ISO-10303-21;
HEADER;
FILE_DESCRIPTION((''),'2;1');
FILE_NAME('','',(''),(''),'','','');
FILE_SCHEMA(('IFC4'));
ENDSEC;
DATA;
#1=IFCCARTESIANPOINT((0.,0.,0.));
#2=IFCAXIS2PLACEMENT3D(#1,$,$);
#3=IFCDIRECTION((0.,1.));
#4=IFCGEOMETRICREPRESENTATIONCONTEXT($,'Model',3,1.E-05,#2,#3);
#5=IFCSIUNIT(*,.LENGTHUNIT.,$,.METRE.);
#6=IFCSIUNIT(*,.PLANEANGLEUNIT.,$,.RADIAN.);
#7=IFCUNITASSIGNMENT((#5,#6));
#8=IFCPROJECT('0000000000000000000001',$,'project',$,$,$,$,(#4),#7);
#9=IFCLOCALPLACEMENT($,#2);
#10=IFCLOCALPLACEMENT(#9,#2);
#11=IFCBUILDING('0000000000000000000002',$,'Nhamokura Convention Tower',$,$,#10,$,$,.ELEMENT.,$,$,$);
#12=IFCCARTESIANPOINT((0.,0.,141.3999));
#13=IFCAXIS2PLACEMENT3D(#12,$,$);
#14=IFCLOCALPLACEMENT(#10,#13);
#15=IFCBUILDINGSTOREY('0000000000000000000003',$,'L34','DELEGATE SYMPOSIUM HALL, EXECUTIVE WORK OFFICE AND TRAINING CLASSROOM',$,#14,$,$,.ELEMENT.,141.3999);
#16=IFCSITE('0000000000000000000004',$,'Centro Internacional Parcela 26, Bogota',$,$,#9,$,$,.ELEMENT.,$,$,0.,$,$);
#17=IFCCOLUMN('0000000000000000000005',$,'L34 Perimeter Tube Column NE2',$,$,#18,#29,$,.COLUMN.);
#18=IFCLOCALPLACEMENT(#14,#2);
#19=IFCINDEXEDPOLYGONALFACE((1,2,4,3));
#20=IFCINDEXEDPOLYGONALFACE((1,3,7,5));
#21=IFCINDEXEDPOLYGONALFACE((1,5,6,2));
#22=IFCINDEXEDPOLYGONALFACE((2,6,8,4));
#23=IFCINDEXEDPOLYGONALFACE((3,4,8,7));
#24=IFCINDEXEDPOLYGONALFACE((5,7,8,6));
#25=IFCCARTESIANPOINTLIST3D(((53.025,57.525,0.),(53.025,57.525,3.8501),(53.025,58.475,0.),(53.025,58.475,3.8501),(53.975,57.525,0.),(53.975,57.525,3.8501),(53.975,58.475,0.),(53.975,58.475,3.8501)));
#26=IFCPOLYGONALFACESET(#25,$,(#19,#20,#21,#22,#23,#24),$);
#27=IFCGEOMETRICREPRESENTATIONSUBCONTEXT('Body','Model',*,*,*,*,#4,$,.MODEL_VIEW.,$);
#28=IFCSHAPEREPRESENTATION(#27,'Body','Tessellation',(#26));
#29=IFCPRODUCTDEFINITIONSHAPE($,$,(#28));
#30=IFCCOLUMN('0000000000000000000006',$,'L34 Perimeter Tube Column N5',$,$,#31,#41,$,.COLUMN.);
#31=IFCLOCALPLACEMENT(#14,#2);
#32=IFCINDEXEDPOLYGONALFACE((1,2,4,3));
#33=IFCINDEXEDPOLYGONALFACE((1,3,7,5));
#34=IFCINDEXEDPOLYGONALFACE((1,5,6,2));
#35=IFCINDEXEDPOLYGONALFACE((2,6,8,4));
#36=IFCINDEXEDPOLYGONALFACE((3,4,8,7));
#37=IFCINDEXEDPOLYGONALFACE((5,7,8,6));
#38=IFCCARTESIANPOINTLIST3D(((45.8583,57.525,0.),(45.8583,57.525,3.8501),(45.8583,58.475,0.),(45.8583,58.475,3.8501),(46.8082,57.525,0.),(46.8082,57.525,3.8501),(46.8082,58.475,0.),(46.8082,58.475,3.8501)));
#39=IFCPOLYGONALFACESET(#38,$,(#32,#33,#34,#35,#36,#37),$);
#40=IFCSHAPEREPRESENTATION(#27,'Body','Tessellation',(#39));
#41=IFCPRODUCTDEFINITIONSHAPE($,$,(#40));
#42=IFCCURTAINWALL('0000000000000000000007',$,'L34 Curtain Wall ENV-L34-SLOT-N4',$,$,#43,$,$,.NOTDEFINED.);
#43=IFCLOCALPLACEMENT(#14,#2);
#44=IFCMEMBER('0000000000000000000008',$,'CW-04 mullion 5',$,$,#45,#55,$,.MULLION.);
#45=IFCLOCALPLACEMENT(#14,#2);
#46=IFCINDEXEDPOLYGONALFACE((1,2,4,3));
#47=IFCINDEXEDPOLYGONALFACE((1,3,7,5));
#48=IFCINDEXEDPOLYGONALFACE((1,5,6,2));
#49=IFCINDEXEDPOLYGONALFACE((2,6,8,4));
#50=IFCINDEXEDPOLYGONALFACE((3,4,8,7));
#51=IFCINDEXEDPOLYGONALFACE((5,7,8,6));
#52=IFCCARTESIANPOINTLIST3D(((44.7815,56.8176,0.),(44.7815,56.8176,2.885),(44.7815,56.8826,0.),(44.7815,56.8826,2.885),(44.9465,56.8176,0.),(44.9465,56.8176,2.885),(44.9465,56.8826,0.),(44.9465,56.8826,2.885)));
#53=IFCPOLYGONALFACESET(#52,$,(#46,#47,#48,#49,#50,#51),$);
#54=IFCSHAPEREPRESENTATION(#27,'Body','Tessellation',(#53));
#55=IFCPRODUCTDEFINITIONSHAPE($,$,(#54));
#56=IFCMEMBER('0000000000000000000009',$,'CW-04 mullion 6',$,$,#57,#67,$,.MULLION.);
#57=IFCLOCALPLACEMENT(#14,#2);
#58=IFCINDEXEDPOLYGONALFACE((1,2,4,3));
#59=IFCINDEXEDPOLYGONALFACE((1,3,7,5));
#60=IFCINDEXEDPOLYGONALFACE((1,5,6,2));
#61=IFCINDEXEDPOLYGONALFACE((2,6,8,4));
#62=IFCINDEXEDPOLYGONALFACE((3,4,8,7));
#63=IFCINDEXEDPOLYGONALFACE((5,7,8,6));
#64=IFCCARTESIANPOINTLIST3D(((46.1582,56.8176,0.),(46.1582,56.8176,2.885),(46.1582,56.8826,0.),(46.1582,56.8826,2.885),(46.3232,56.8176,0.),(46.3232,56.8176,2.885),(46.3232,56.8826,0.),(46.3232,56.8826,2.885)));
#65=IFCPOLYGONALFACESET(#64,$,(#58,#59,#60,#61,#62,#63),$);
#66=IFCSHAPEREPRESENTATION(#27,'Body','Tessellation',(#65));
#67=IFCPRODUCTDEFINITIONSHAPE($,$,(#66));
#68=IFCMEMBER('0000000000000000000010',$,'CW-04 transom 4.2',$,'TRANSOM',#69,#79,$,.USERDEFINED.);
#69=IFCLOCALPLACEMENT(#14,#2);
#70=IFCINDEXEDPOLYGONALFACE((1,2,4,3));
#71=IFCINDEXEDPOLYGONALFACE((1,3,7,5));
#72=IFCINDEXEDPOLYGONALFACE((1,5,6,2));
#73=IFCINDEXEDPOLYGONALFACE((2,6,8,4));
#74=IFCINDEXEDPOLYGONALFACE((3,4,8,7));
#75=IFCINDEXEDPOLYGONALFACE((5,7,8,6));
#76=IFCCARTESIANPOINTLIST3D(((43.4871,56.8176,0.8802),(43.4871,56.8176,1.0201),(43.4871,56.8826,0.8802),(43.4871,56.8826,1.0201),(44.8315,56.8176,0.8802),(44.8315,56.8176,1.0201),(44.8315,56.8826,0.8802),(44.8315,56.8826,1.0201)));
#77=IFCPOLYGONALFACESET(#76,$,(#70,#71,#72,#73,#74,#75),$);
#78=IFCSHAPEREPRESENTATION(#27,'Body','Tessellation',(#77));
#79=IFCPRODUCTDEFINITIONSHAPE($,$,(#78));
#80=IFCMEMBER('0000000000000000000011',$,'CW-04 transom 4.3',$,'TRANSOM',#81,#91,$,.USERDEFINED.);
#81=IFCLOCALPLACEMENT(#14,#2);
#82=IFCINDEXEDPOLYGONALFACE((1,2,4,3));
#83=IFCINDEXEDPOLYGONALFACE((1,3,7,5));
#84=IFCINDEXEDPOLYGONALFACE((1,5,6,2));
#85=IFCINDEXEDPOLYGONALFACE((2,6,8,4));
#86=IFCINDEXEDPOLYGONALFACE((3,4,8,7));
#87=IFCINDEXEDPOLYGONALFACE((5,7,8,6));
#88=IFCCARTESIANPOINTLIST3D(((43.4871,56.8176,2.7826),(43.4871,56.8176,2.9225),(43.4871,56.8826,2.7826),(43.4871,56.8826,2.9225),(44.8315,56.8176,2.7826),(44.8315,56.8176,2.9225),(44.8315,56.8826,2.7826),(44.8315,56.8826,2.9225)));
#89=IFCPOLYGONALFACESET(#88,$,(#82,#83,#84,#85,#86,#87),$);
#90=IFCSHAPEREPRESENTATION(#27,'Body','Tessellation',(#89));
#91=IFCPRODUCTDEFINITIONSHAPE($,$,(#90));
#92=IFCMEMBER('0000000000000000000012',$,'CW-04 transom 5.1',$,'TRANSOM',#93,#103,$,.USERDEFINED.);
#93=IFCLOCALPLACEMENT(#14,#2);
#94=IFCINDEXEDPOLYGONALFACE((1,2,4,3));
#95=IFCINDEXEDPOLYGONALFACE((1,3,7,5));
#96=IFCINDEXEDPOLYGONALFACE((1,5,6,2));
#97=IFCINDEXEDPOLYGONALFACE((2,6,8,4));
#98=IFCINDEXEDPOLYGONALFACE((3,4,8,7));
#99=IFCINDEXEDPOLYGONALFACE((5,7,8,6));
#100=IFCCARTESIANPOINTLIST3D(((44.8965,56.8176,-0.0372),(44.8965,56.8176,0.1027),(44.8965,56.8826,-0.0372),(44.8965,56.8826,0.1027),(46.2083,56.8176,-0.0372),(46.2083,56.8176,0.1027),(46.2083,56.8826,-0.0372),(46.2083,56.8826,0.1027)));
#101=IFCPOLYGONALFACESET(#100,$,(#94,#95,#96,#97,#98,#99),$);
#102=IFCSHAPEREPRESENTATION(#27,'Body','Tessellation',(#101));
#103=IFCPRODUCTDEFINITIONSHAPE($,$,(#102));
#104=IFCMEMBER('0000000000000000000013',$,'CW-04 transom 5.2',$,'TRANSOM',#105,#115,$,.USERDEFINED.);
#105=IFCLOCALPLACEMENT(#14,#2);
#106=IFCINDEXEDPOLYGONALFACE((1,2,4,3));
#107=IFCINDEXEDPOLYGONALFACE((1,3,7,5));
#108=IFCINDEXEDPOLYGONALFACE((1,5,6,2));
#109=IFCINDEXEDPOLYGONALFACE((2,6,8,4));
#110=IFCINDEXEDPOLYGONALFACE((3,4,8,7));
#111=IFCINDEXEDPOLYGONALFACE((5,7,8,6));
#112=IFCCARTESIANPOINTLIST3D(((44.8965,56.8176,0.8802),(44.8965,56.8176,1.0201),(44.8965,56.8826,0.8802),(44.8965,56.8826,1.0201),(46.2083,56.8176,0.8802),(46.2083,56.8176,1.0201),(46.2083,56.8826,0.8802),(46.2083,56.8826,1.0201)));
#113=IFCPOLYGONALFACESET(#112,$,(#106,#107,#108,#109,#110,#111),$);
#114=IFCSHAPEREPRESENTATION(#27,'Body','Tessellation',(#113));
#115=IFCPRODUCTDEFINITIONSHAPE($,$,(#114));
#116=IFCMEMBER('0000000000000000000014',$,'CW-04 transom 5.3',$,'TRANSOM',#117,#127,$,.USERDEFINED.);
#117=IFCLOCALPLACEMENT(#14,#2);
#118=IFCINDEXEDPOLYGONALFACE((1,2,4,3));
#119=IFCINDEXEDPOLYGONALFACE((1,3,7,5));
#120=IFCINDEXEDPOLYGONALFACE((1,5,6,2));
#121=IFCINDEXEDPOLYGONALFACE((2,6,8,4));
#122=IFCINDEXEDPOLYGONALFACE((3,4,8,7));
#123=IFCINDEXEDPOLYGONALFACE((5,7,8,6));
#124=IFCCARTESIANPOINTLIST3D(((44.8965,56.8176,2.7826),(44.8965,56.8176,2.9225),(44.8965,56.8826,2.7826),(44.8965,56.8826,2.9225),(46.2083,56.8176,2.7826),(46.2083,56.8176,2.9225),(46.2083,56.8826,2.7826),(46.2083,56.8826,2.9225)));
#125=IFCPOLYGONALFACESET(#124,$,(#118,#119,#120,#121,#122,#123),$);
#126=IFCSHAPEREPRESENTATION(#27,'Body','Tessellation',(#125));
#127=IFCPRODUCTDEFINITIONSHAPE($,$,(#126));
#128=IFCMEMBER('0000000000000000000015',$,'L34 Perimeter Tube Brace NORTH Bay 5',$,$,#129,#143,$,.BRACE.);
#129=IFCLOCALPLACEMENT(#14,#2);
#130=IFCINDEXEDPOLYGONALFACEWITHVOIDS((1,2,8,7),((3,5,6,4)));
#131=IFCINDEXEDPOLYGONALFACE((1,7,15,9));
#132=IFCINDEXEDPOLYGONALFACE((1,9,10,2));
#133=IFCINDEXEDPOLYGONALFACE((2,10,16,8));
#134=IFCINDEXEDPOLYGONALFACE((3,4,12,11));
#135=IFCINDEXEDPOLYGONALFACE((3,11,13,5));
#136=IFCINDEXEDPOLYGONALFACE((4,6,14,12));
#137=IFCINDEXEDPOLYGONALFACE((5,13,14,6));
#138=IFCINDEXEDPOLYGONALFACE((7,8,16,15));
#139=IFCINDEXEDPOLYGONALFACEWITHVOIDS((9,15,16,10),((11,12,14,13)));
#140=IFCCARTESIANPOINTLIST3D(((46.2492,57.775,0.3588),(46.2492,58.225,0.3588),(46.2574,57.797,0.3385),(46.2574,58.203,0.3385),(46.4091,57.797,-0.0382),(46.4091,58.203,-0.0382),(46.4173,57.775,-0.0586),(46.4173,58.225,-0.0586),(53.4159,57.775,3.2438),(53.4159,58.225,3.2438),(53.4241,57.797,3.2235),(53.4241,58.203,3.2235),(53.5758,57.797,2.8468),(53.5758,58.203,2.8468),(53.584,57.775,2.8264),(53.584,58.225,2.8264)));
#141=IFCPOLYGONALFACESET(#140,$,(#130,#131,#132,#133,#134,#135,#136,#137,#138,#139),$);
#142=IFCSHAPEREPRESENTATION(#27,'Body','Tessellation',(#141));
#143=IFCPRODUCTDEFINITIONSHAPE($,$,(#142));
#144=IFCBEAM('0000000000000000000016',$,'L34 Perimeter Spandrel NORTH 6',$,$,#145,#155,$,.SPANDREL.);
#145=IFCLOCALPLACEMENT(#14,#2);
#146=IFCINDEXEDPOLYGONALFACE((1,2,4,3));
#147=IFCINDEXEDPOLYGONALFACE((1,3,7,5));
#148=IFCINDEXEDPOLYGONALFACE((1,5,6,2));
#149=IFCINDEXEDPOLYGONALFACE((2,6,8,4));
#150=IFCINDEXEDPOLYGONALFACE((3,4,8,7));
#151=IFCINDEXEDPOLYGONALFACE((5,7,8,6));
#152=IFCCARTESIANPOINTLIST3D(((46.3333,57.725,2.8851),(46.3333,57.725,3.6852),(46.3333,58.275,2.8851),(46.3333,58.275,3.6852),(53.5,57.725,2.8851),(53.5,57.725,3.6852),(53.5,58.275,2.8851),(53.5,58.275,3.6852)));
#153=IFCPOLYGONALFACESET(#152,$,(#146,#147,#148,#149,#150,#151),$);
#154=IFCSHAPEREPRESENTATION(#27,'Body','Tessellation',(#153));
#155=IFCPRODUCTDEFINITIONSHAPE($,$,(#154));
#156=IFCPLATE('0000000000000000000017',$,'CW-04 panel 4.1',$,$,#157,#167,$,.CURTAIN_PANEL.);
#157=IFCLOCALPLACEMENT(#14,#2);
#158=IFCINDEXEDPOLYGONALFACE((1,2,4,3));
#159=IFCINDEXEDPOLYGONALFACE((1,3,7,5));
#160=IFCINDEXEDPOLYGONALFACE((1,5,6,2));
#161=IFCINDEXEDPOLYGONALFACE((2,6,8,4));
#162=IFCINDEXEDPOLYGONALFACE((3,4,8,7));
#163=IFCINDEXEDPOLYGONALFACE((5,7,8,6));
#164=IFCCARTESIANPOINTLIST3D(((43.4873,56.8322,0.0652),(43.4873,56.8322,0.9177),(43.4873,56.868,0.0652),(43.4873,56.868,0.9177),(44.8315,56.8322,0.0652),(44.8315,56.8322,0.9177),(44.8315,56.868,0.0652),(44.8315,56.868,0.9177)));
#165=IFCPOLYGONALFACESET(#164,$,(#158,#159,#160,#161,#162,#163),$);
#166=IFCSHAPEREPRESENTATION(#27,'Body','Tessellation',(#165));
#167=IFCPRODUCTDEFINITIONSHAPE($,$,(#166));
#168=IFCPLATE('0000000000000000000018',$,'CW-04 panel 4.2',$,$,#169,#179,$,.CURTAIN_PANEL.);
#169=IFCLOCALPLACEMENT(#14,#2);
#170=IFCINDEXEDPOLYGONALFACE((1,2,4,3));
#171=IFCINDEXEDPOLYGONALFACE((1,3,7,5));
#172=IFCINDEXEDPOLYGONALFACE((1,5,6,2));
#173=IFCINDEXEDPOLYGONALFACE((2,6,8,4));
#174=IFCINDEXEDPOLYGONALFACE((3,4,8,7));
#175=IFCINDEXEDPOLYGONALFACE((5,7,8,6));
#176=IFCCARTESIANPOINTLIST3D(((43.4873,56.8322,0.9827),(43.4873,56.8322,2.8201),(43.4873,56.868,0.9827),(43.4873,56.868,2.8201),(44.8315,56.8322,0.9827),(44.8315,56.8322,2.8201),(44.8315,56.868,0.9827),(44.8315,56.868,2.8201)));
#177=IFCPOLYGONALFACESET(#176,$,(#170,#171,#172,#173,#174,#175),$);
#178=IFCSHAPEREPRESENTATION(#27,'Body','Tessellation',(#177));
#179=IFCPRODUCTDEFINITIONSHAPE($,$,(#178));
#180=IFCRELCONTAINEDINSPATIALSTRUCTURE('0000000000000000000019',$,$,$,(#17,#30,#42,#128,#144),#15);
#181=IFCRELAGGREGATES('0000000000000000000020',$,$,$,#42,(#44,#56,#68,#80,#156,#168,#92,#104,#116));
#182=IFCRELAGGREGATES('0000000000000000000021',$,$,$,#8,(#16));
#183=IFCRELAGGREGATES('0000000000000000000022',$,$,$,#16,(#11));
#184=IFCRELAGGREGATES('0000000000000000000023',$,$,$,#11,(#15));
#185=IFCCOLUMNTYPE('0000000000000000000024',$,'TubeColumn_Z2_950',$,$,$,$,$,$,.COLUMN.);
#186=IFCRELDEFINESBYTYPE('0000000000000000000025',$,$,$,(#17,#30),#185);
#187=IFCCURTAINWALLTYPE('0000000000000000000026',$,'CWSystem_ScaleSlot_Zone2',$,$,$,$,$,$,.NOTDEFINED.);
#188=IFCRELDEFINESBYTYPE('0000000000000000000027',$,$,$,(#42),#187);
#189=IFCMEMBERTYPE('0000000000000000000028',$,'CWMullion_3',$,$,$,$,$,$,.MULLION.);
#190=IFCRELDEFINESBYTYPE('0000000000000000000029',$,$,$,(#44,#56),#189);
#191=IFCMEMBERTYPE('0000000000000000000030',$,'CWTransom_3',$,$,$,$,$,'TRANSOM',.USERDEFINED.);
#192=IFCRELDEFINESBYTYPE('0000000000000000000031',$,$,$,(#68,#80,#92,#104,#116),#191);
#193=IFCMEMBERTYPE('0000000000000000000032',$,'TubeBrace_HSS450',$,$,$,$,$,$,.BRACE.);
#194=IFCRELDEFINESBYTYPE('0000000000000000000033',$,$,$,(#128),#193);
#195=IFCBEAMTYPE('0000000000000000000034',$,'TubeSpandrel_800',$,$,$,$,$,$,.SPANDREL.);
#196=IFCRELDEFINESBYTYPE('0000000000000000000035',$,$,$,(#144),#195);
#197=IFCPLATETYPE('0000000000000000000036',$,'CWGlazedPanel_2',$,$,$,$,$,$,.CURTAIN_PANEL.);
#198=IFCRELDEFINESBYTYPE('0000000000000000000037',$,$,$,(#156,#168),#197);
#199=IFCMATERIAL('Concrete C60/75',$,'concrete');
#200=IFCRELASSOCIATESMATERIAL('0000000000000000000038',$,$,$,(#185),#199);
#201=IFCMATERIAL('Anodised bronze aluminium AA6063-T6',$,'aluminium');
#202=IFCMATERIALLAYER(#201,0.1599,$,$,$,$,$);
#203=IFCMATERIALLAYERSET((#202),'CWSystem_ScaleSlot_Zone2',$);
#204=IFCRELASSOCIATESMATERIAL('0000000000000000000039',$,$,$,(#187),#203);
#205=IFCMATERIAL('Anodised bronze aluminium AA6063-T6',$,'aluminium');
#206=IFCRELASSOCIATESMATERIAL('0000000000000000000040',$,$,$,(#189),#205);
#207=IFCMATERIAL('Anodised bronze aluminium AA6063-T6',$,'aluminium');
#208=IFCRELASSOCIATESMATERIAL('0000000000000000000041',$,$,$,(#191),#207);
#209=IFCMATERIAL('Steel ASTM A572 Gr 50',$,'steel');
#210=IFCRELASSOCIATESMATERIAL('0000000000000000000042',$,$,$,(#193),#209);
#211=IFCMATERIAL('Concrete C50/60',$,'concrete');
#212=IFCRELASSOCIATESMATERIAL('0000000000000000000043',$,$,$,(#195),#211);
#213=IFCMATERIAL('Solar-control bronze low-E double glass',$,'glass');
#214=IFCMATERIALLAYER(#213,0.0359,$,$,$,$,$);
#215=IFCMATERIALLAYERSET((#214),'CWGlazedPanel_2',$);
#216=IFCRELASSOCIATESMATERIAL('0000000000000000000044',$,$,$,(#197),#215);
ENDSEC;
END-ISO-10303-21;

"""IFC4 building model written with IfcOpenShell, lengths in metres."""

from ifc_helpers import new_model, si_unit, direction, frame, origin, origin_2d, place, context, subcontext, project, spatial, rectangle, hollow_rectangle, extrude, material, layer, layer_set, material_profile, profile_set, type_object, element, aggregate, save


model = new_model("IFC4")

# Units and contexts
model_context = context("Model", 3, precision=1e-05, world=origin(), true_north=direction((0.0, 1.0)))
body_context = subcontext(model_context, "Body", "Model", "MODEL_VIEW")
ifc_project = project(units=[si_unit("LENGTHUNIT", "METRE"), si_unit("PLANEANGLEUNIT", "RADIAN")], contexts=[model_context])

# Site, building, storey
site_placement = place(None, origin())
site = spatial("IfcSite", under=ifc_project, at=site_placement, Name="Centro Internacional Parcela 26, Bogota", CompositionType="ELEMENT", RefElevation=0.0)
building_placement = place(site_placement, origin())
building = spatial("IfcBuilding", under=site, at=building_placement, Name="Nhamokura Convention Tower", CompositionType="ELEMENT")
storey_placement = place(building_placement, frame((0.0, 0.0, 141.3999)))
storey = spatial("IfcBuildingStorey", under=building, at=storey_placement, Name="L34", Description="DELEGATE SYMPOSIUM HALL, EXECUTIVE WORK OFFICE AND TRAINING CLASSROOM", CompositionType="ELEMENT", Elevation=141.3999)

# Columns
ifc_material_1 = material(Name="Concrete C60/75", Category="concrete")
ifc_material_profile_1 = material_profile(ifc_material_1, rectangle(XDim=0.95, YDim=0.95, at=origin_2d()))
ifc_profile_set_1 = profile_set([ifc_material_profile_1], Name="Concrete C60/75")
column_type = type_object("IfcColumnType", Name="TubeColumn_Z2_950", PredefinedType="COLUMN", material=ifc_profile_set_1)
for number, where, z_axis, x_axis, name in (
    (1, (53.5, 58.0, 0.0), (0.0, 0.0, 1.0), (1.0, 0.0, 0.0), "L34 Perimeter Tube Column NE2"),
    (2, (46.3333, 58.0, 0.0), (0.0, 0.0, 1.0), (1.0, 0.0, 0.0), "L34 Perimeter Tube Column N5"),
):
    element("IfcColumn", number, at=place(storey_placement, frame(where, z_axis=z_axis, x_axis=x_axis)), inside=storey, type_object=column_type, Name=name, PredefinedType="COLUMN", context=body_context, shape_type="SweptSolid", body=[
        extrude(rectangle(XDim=0.95, YDim=0.95, at=origin_2d()), origin(), (0.0, 0.0, 1.0), 3.8501),
    ])

# Curtain wall, members
ifc_material_2 = material(Name="Anodised bronze aluminium AA6063-T6", Category="aluminium")
ifc_layer_1 = layer(ifc_material_2, 0.1599)
ifc_layer_set_1 = layer_set([ifc_layer_1], Name="CWSystem_ScaleSlot_Zone2")
curtain_wall_type = type_object("IfcCurtainWallType", Name="CWSystem_ScaleSlot_Zone2", PredefinedType="NOTDEFINED", material=ifc_layer_set_1)
curtain_wall_placement = place(storey_placement, origin())
curtain_wall = element("IfcCurtainWall", 3, at=curtain_wall_placement, inside=storey, type_object=curtain_wall_type, Name="L34 Curtain Wall ENV-L34-SLOT-N4", PredefinedType="NOTDEFINED")
ifc_material_3 = material(Name="Anodised bronze aluminium AA6063-T6", Category="aluminium")
ifc_material_profile_2 = material_profile(ifc_material_3, rectangle(XDim=0.0649, YDim=0.165, at=origin_2d()))
ifc_profile_set_2 = profile_set([ifc_material_profile_2], Name="Anodised bronze aluminium AA6063-T6")
member_type_1 = type_object("IfcMemberType", Name="CWMullion_3", PredefinedType="MULLION", material=ifc_profile_set_2)
member_1_placement = place(storey_placement, frame((44.864, 56.8501, 0.0), z_axis=(0.0, 0.0, 1.0), x_axis=(0.0, 1.0, 0.0)))
member_1 = element("IfcMember", 4, at=member_1_placement, type_object=member_type_1, Name="CW-04 mullion 5", PredefinedType="MULLION", context=body_context, shape_type="SweptSolid", body=[
    extrude(rectangle(XDim=0.0649, YDim=0.165, at=origin_2d()), origin(), (0.0, 0.0, 1.0), 2.885),
])
member_2_placement = place(storey_placement, frame((46.2407, 56.8501, 0.0), z_axis=(0.0, 0.0, 1.0), x_axis=(0.0, 1.0, 0.0)))
member_2 = element("IfcMember", 5, at=member_2_placement, type_object=member_type_1, Name="CW-04 mullion 6", PredefinedType="MULLION", context=body_context, shape_type="SweptSolid", body=[
    extrude(rectangle(XDim=0.0649, YDim=0.165, at=origin_2d()), origin(), (0.0, 0.0, 1.0), 2.885),
])
ifc_material_4 = material(Name="Anodised bronze aluminium AA6063-T6", Category="aluminium")
ifc_material_profile_3 = material_profile(ifc_material_4, rectangle(XDim=0.0649, YDim=0.1399, at=origin_2d()))
ifc_profile_set_3 = profile_set([ifc_material_profile_3], Name="Anodised bronze aluminium AA6063-T6")
member_type_2 = type_object("IfcMemberType", Name="CWTransom_3", ElementType="TRANSOM", PredefinedType="USERDEFINED", material=ifc_profile_set_3)
member_3_placement = place(storey_placement, frame((43.4871, 56.8501, 0.9502), z_axis=(1.0, 0.0, 0.0), x_axis=(0.0, 1.0, 0.0)))
member_3 = element("IfcMember", 6, at=member_3_placement, type_object=member_type_2, Name="CW-04 transom 4.2", ObjectType="TRANSOM", PredefinedType="USERDEFINED", context=body_context, shape_type="SweptSolid", body=[
    extrude(rectangle(XDim=0.0649, YDim=0.1399, at=origin_2d()), origin(), (0.0, 0.0, 1.0), 1.3445),
])
member_4_placement = place(storey_placement, frame((43.4871, 56.8501, 2.8525), z_axis=(1.0, 0.0, 0.0), x_axis=(0.0, 1.0, 0.0)))
member_4 = element("IfcMember", 7, at=member_4_placement, type_object=member_type_2, Name="CW-04 transom 4.3", ObjectType="TRANSOM", PredefinedType="USERDEFINED", context=body_context, shape_type="SweptSolid", body=[
    extrude(rectangle(XDim=0.0649, YDim=0.1399, at=origin_2d()), origin(), (0.0, 0.0, 1.0), 1.3445),
])
member_5_placement = place(storey_placement, frame((44.8965, 56.8501, 0.0327), z_axis=(1.0, 0.0, 0.0), x_axis=(0.0, 1.0, 0.0)))
member_5 = element("IfcMember", 8, at=member_5_placement, type_object=member_type_2, Name="CW-04 transom 5.1", ObjectType="TRANSOM", PredefinedType="USERDEFINED", context=body_context, shape_type="SweptSolid", body=[
    extrude(rectangle(XDim=0.0649, YDim=0.1399, at=origin_2d()), origin(), (0.0, 0.0, 1.0), 1.3118),
])
member_6_placement = place(storey_placement, frame((44.8965, 56.8501, 0.9502), z_axis=(1.0, 0.0, 0.0), x_axis=(0.0, 1.0, 0.0)))
member_6 = element("IfcMember", 9, at=member_6_placement, type_object=member_type_2, Name="CW-04 transom 5.2", ObjectType="TRANSOM", PredefinedType="USERDEFINED", context=body_context, shape_type="SweptSolid", body=[
    extrude(rectangle(XDim=0.0649, YDim=0.1399, at=origin_2d()), origin(), (0.0, 0.0, 1.0), 1.3118),
])
member_7_placement = place(storey_placement, frame((44.8965, 56.8501, 2.8525), z_axis=(1.0, 0.0, 0.0), x_axis=(0.0, 1.0, 0.0)))
member_7 = element("IfcMember", 10, at=member_7_placement, type_object=member_type_2, Name="CW-04 transom 5.3", ObjectType="TRANSOM", PredefinedType="USERDEFINED", context=body_context, shape_type="SweptSolid", body=[
    extrude(rectangle(XDim=0.0649, YDim=0.1399, at=origin_2d()), origin(), (0.0, 0.0, 1.0), 1.3118),
])

# Member
ifc_material_5 = material(Name="Steel ASTM A572 Gr 50", Category="steel")
ifc_material_profile_4 = material_profile(ifc_material_5, hollow_rectangle(XDim=0.45, YDim=0.45, WallThickness=0.022, at=origin_2d()))
ifc_profile_set_4 = profile_set([ifc_material_profile_4], Name="Steel ASTM A572 Gr 50")
member_type_3 = type_object("IfcMemberType", Name="TubeBrace_HSS450", PredefinedType="BRACE", material=ifc_profile_set_4)
member_8_placement = place(storey_placement, frame((46.3333, 58.0, 0.1501), z_axis=(0.927657, 0.0, 0.373433), x_axis=(0.0, 1.0, 0.0)))
element("IfcMember", 11, at=member_8_placement, inside=storey, type_object=member_type_3, Name="L34 Perimeter Tube Brace NORTH Bay 5", PredefinedType="BRACE", context=body_context, shape_type="SweptSolid", body=[
    extrude(hollow_rectangle(XDim=0.45, YDim=0.45, WallThickness=0.022, at=origin_2d()), origin(), (0.0, 0.0, 1.0), 7.7256),
])

# Beam
ifc_material_6 = material(Name="Concrete C50/60", Category="concrete")
ifc_material_profile_5 = material_profile(ifc_material_6, rectangle(XDim=0.55, YDim=0.8, at=origin_2d()))
ifc_profile_set_5 = profile_set([ifc_material_profile_5], Name="Concrete C50/60")
beam_type = type_object("IfcBeamType", Name="TubeSpandrel_800", PredefinedType="SPANDREL", material=ifc_profile_set_5)
beam_placement = place(storey_placement, frame((46.3333, 58.0, 3.2852), z_axis=(1.0, 0.0, 0.0), x_axis=(0.0, 1.0, 0.0)))
element("IfcBeam", 12, at=beam_placement, inside=storey, type_object=beam_type, Name="L34 Perimeter Spandrel NORTH 6", PredefinedType="SPANDREL", context=body_context, shape_type="SweptSolid", body=[
    extrude(rectangle(XDim=0.55, YDim=0.8, at=origin_2d()), origin(), (0.0, 0.0, 1.0), 7.1667),
])

# Plates
ifc_material_7 = material(Name="Solar-control bronze low-E double glass", Category="glass")
ifc_layer_2 = layer(ifc_material_7, 0.0359)
ifc_layer_set_2 = layer_set([ifc_layer_2], Name="CWGlazedPanel_2")
plate_type = type_object("IfcPlateType", Name="CWGlazedPanel_2", PredefinedType="CURTAIN_PANEL", material=ifc_layer_set_2)
plate_1_placement = place(storey_placement, frame((44.1594, 56.8501, 0.0652), z_axis=(0.0, 0.0, 1.0), x_axis=(1.0, 0.0, 0.0)))
plate_1 = element("IfcPlate", 13, at=plate_1_placement, type_object=plate_type, Name="CW-04 panel 4.1", PredefinedType="CURTAIN_PANEL", context=body_context, shape_type="SweptSolid", body=[
    extrude(rectangle(XDim=1.3442, YDim=0.0359, at=origin_2d()), origin(), (0.0, 0.0, 1.0), 0.8525),
])
plate_2_placement = place(storey_placement, frame((44.1594, 56.8501, 0.9827), z_axis=(0.0, 0.0, 1.0), x_axis=(1.0, 0.0, 0.0)))
plate_2 = element("IfcPlate", 14, at=plate_2_placement, type_object=plate_type, Name="CW-04 panel 4.2", PredefinedType="CURTAIN_PANEL", context=body_context, shape_type="SweptSolid", body=[
    extrude(rectangle(XDim=1.3442, YDim=0.0359, at=origin_2d()), origin(), (0.0, 0.0, 1.0), 1.8374),
])
aggregate(curtain_wall, [member_1, member_2, member_3, member_4, plate_1, plate_2, member_5, member_6, member_7])

save(model, "model.ifc")
